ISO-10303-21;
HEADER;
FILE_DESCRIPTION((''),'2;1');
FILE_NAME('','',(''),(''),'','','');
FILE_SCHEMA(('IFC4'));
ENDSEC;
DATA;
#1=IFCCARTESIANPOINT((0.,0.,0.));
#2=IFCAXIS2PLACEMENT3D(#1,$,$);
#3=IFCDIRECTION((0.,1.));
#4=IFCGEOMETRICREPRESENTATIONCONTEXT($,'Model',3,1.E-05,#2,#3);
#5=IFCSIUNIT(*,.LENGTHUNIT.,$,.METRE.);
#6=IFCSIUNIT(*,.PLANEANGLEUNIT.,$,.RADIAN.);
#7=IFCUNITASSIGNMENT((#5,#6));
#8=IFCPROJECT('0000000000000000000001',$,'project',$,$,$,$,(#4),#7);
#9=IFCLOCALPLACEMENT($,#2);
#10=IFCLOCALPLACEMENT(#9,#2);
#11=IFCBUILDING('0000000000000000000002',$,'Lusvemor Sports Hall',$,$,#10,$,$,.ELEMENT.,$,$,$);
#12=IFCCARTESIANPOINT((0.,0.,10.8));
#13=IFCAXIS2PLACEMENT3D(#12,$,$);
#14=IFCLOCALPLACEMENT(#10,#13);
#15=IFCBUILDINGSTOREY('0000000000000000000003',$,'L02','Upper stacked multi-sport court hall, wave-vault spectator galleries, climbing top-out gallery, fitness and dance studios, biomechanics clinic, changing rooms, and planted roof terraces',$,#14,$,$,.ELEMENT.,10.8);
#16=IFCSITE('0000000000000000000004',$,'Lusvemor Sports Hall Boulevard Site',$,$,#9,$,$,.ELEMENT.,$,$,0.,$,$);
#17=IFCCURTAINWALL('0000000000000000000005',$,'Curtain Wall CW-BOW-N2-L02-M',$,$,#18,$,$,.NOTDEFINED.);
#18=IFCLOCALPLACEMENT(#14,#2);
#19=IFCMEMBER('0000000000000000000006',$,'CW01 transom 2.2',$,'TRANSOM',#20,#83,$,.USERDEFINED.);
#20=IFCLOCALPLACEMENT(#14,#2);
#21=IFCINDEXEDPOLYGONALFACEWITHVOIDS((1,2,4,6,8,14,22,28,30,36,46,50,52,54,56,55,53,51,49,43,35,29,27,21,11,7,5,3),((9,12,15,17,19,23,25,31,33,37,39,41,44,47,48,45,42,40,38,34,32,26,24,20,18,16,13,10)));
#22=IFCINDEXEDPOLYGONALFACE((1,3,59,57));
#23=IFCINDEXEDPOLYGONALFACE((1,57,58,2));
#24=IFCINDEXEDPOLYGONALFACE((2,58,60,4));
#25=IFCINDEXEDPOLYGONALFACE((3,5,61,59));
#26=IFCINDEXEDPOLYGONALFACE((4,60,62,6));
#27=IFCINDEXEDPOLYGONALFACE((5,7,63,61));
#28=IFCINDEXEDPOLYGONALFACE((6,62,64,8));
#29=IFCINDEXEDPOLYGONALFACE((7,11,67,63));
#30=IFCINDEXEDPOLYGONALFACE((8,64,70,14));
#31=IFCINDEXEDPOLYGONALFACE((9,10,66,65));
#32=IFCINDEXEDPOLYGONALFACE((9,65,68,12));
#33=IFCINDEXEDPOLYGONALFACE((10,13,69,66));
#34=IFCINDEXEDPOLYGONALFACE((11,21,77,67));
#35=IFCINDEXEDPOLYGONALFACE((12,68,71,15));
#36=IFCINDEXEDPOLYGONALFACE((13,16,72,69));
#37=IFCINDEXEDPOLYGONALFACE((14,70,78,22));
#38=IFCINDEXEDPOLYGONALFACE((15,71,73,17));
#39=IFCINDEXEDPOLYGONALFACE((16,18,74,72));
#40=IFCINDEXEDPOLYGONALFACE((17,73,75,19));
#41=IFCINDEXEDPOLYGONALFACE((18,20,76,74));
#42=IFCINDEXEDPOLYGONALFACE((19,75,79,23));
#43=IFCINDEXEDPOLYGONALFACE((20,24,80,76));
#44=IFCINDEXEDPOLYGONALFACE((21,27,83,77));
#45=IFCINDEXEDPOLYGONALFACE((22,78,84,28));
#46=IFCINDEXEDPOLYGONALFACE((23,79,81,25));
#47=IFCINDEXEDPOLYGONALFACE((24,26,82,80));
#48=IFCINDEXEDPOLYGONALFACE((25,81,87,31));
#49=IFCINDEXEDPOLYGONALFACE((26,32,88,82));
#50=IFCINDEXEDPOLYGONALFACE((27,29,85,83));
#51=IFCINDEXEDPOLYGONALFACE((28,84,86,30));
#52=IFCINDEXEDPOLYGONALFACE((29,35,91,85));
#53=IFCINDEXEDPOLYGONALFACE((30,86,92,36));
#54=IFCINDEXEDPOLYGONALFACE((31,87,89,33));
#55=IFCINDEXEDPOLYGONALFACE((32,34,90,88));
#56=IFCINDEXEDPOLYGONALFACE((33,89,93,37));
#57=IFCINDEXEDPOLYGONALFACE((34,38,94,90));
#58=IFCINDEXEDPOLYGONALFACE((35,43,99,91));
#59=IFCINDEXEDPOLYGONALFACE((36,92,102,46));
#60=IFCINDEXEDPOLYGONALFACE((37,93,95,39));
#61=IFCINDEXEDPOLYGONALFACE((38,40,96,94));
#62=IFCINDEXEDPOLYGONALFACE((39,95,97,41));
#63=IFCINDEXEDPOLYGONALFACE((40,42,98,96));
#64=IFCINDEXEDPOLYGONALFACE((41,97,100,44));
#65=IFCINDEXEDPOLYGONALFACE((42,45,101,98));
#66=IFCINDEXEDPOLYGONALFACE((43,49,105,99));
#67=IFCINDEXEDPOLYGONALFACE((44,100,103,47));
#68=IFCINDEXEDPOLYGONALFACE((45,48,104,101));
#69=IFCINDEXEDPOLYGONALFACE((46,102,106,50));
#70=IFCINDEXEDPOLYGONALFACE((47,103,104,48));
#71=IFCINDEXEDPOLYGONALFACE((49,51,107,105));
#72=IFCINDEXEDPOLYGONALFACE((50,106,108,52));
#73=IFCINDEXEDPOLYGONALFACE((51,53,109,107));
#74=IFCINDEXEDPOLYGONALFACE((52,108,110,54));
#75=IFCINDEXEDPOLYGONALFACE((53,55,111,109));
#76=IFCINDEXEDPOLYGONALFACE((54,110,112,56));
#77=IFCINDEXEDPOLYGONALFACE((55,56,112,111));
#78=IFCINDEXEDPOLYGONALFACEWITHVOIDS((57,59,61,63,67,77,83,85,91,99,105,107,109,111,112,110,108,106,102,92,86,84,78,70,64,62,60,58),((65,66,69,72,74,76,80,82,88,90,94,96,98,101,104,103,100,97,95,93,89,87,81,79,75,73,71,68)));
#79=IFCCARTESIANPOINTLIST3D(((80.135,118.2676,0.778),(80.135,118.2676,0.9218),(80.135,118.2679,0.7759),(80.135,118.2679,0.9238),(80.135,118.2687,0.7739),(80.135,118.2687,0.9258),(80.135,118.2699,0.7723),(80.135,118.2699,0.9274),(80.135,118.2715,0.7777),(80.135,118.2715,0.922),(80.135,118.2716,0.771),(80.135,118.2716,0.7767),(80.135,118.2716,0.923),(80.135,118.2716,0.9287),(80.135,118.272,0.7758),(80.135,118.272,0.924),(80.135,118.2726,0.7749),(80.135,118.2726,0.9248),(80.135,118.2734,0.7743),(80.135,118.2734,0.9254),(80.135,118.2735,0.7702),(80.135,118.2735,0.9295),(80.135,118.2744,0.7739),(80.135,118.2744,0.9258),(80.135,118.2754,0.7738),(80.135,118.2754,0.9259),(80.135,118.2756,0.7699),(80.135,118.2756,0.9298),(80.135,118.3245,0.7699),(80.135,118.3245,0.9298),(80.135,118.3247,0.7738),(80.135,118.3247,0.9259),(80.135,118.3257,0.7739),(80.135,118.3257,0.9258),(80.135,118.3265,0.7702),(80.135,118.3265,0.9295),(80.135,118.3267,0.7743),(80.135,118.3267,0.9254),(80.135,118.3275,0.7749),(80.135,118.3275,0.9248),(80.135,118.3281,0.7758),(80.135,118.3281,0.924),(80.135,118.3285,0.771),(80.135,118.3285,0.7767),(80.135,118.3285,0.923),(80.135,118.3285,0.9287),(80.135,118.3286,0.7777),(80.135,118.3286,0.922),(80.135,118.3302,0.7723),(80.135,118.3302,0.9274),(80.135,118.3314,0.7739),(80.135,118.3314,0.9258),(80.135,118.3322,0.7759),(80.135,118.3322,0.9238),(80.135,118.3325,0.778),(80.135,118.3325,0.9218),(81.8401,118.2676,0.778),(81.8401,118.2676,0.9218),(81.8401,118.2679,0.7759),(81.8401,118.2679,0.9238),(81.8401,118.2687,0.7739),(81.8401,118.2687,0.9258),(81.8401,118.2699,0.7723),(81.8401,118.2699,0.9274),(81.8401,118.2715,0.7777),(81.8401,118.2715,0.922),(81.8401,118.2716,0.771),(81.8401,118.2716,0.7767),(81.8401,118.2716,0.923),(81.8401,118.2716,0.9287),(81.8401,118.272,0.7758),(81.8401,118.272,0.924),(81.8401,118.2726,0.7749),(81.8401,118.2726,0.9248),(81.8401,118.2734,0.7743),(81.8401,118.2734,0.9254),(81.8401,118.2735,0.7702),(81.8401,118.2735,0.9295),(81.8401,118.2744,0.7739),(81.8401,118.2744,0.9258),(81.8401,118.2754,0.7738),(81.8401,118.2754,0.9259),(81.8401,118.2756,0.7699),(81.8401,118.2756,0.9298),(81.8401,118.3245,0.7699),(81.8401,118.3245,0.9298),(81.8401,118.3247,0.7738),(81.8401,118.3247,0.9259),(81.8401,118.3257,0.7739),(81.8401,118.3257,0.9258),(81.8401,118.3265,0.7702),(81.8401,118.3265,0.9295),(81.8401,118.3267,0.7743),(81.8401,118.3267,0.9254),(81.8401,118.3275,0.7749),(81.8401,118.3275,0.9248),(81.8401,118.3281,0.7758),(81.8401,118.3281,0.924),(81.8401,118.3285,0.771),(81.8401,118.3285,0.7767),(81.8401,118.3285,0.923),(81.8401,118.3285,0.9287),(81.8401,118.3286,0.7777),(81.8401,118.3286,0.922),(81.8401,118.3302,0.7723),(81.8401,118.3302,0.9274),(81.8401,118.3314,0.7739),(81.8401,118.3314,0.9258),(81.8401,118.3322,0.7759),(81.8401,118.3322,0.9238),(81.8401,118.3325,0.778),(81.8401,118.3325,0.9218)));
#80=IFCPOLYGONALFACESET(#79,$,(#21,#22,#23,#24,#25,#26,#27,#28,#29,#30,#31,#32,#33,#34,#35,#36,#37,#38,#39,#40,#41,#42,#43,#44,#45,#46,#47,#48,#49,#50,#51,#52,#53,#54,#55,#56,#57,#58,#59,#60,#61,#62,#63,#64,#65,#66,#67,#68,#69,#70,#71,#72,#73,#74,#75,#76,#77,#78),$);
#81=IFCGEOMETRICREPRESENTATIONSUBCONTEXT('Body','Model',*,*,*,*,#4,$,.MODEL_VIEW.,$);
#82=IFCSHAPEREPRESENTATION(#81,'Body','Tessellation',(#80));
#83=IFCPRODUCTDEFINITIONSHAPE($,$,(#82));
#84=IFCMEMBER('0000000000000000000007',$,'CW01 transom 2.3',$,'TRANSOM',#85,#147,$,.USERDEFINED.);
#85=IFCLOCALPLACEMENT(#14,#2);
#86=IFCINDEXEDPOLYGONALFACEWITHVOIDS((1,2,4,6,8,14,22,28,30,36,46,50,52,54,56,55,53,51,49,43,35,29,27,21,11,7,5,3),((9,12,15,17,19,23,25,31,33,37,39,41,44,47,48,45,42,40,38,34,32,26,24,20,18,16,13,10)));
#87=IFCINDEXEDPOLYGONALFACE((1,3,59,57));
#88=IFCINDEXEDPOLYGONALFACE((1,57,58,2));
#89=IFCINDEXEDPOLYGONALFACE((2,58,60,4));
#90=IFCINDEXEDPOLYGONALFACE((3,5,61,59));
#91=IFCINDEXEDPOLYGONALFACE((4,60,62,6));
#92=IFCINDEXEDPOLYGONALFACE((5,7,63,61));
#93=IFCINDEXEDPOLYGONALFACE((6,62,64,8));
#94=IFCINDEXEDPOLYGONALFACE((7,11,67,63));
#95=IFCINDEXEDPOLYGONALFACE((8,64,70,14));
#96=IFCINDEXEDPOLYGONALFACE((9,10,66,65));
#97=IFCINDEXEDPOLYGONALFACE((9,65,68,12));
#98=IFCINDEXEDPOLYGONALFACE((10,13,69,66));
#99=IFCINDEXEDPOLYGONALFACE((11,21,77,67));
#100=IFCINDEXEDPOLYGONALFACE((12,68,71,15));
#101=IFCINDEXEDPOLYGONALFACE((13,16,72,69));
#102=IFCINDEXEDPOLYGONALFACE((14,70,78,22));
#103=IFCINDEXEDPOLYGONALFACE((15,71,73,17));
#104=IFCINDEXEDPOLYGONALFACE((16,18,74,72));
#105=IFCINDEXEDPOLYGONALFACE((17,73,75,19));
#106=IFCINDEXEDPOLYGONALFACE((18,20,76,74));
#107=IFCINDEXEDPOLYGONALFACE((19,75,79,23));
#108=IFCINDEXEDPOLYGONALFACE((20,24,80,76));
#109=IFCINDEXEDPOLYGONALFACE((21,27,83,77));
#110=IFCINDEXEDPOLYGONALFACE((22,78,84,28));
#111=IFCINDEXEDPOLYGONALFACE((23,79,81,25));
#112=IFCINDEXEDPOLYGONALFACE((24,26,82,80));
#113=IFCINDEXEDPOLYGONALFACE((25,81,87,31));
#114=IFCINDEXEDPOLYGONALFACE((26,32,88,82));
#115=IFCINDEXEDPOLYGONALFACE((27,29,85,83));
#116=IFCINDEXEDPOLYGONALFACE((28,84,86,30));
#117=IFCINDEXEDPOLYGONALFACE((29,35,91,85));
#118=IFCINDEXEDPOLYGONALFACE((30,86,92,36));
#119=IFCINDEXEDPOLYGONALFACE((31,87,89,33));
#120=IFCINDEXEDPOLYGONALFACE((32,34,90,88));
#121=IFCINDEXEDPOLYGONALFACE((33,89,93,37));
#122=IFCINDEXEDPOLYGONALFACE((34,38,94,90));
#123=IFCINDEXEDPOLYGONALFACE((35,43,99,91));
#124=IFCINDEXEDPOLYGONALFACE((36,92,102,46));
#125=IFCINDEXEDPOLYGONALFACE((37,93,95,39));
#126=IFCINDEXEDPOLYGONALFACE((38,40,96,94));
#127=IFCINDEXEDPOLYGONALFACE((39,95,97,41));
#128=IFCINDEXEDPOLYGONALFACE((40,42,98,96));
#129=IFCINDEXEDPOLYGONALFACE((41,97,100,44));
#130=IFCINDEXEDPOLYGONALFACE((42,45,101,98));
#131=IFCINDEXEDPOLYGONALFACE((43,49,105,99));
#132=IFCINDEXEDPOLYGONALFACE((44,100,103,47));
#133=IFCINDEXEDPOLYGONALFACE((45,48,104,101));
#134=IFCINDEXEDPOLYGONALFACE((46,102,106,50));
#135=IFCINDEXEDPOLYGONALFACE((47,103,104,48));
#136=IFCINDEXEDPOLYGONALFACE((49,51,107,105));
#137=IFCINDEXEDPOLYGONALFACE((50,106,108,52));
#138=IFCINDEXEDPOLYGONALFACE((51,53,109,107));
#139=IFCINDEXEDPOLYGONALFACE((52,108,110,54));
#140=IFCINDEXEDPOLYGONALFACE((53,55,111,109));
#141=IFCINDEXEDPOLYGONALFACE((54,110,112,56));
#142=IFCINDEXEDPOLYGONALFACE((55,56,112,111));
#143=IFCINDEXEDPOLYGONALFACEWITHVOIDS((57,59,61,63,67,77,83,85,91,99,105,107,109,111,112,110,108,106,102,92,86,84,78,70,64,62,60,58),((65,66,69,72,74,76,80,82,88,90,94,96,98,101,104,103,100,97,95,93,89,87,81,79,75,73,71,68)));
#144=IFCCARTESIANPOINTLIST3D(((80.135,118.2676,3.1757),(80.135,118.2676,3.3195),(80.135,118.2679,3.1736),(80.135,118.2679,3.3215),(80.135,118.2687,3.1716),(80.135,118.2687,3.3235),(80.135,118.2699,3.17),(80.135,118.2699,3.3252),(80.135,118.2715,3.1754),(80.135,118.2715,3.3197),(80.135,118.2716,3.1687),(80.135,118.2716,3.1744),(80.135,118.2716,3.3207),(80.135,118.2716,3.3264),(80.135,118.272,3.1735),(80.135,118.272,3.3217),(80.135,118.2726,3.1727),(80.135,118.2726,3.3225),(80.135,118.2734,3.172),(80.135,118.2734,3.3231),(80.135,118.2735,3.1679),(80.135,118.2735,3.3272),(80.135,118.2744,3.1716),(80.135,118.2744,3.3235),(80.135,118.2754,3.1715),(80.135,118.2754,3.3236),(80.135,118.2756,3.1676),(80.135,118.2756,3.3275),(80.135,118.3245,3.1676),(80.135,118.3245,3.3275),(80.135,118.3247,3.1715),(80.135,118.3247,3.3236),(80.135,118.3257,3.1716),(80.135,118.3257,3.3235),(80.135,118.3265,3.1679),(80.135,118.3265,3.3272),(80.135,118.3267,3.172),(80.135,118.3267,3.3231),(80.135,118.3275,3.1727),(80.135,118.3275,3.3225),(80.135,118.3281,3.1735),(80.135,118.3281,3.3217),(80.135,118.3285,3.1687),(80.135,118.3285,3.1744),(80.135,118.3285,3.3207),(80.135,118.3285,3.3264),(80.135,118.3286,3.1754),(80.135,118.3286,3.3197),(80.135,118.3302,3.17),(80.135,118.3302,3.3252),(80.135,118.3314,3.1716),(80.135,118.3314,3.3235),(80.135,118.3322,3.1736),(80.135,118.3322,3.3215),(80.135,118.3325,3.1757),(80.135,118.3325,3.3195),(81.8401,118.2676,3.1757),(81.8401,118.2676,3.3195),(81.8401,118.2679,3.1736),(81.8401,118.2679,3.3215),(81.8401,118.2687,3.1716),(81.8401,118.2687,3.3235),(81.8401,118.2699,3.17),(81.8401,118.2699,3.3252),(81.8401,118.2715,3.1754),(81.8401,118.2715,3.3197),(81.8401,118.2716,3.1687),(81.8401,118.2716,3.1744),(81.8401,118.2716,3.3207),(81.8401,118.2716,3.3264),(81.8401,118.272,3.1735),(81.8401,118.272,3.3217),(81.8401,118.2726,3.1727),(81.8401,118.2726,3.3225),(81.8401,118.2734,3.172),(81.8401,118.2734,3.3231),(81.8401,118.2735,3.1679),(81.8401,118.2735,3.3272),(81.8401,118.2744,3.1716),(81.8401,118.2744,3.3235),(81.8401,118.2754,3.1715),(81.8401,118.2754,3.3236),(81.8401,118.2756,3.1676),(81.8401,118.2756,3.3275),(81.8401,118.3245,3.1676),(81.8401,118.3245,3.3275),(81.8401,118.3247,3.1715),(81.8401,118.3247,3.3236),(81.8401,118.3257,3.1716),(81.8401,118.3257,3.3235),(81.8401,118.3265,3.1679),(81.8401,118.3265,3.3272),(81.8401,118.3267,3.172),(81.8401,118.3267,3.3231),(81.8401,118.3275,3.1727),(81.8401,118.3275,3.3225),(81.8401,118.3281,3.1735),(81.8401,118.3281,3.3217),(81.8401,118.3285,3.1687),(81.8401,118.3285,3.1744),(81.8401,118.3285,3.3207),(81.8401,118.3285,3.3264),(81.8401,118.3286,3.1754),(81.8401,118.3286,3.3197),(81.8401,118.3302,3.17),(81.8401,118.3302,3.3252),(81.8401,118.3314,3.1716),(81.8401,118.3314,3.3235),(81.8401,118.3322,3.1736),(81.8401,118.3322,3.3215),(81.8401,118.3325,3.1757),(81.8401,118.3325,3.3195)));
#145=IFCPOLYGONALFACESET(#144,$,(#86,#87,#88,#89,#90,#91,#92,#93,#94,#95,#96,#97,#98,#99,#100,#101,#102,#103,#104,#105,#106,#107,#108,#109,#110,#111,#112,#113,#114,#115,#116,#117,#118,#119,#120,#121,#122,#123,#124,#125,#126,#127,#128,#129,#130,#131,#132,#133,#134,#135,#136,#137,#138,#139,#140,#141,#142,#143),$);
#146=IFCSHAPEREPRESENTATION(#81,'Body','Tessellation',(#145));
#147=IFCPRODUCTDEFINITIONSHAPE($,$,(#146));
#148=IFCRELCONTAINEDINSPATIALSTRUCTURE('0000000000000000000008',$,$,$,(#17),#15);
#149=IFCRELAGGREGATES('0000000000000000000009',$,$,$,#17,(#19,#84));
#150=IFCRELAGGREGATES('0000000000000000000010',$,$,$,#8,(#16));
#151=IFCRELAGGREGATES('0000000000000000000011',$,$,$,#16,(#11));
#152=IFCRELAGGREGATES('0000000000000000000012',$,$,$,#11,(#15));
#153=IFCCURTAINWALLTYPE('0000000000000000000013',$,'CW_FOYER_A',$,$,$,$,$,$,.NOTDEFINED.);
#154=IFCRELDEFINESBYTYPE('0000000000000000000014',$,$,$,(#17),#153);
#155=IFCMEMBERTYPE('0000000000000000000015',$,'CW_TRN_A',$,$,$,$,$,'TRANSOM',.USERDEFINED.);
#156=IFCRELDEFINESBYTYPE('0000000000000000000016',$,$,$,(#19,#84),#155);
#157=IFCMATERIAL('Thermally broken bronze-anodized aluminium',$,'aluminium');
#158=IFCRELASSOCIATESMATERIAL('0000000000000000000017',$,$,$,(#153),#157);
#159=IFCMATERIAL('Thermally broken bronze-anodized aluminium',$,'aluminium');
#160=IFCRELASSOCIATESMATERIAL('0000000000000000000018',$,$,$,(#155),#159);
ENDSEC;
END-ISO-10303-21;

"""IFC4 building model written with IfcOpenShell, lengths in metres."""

from ifc_helpers import new_model, si_unit, direction, frame, origin, origin_2d, place, context, subcontext, project, spatial, hollow_rectangle, extrude, material, material_profile, profile_set, type_object, element, aggregate, save


model = new_model("IFC4")

# Units and contexts
model_context = context("Model", 3, precision=1e-05, world=origin(), true_north=direction((0.0, 1.0)))
body_context = subcontext(model_context, "Body", "Model", "MODEL_VIEW")
ifc_project = project(units=[si_unit("LENGTHUNIT", "METRE"), si_unit("PLANEANGLEUNIT", "RADIAN")], contexts=[model_context])

# Site, building, storey
site_placement = place(None, origin())
site = spatial("IfcSite", under=ifc_project, at=site_placement, Name="Lusvemor Sports Hall Boulevard Site", CompositionType="ELEMENT", RefElevation=0.0)
building_placement = place(site_placement, origin())
building = spatial("IfcBuilding", under=site, at=building_placement, Name="Lusvemor Sports Hall", CompositionType="ELEMENT")
storey_placement = place(building_placement, frame((0.0, 0.0, 10.8)))
storey = spatial("IfcBuildingStorey", under=building, at=storey_placement, Name="L02", Description="Upper stacked multi-sport court hall, wave-vault spectator galleries, climbing top-out gallery, fitness and dance studios, biomechanics clinic, changing rooms, and planted roof terraces", CompositionType="ELEMENT", Elevation=10.8)

# Curtain wall
ifc_material_1 = material(Name="Thermally broken bronze-anodized aluminium", Category="aluminium")
curtain_wall_type_1 = type_object("IfcCurtainWallType", Name="CW_FOYER_A", PredefinedType="NOTDEFINED", material=ifc_material_1)
curtain_wall_1_placement = place(storey_placement, origin())
curtain_wall_1 = element("IfcCurtainWall", 1, at=curtain_wall_1_placement, inside=storey, type_object=curtain_wall_type_1, Name="Curtain Wall CW-BOW-N2-L02-M", PredefinedType="NOTDEFINED")

# Members
ifc_material_2 = material(Name="Thermally broken bronze-anodized aluminium", Category="aluminium")
ifc_material_profile_1 = material_profile(ifc_material_2, hollow_rectangle(XDim=0.0649, YDim=0.1599, WallThickness=0.0039, InnerFilletRadius=0.0039, OuterFilletRadius=0.0081, at=origin_2d()), Name="CWTRN160x65x4")
ifc_profile_set_1 = profile_set([ifc_material_profile_1], Name="Thermally broken bronze-anodized aluminium")
member_type_1 = type_object("IfcMemberType", Name="CW_TRN_A", ElementType="TRANSOM", PredefinedType="USERDEFINED", material=ifc_profile_set_1)
member_1_placement = place(storey_placement, frame((80.135, 118.3, 0.8499), z_axis=(1.0, 0.0, 0.0), x_axis=(0.0, 1.0, 0.0)))
member_1 = element("IfcMember", 2, at=member_1_placement, type_object=member_type_1, Name="CW01 transom 2.2", ObjectType="TRANSOM", PredefinedType="USERDEFINED", context=body_context, shape_type="SweptSolid", body=[
    extrude(hollow_rectangle(XDim=0.0649, YDim=0.1599, WallThickness=0.0039, InnerFilletRadius=0.0039, OuterFilletRadius=0.0081, at=origin_2d()), origin(), (0.0, 0.0, 1.0), 1.7051),
])
member_2_placement = place(storey_placement, frame((80.135, 118.3, 3.2476), z_axis=(1.0, 0.0, 0.0), x_axis=(0.0, 1.0, 0.0)))
member_2 = element("IfcMember", 3, at=member_2_placement, type_object=member_type_1, Name="CW01 transom 2.3", ObjectType="TRANSOM", PredefinedType="USERDEFINED", context=body_context, shape_type="SweptSolid", body=[
    extrude(hollow_rectangle(XDim=0.0649, YDim=0.1599, WallThickness=0.0039, InnerFilletRadius=0.0039, OuterFilletRadius=0.0081, at=origin_2d()), origin(), (0.0, 0.0, 1.0), 1.7051),
])

aggregate(curtain_wall_1, [member_1, member_2])

save(model, "model.ifc")
